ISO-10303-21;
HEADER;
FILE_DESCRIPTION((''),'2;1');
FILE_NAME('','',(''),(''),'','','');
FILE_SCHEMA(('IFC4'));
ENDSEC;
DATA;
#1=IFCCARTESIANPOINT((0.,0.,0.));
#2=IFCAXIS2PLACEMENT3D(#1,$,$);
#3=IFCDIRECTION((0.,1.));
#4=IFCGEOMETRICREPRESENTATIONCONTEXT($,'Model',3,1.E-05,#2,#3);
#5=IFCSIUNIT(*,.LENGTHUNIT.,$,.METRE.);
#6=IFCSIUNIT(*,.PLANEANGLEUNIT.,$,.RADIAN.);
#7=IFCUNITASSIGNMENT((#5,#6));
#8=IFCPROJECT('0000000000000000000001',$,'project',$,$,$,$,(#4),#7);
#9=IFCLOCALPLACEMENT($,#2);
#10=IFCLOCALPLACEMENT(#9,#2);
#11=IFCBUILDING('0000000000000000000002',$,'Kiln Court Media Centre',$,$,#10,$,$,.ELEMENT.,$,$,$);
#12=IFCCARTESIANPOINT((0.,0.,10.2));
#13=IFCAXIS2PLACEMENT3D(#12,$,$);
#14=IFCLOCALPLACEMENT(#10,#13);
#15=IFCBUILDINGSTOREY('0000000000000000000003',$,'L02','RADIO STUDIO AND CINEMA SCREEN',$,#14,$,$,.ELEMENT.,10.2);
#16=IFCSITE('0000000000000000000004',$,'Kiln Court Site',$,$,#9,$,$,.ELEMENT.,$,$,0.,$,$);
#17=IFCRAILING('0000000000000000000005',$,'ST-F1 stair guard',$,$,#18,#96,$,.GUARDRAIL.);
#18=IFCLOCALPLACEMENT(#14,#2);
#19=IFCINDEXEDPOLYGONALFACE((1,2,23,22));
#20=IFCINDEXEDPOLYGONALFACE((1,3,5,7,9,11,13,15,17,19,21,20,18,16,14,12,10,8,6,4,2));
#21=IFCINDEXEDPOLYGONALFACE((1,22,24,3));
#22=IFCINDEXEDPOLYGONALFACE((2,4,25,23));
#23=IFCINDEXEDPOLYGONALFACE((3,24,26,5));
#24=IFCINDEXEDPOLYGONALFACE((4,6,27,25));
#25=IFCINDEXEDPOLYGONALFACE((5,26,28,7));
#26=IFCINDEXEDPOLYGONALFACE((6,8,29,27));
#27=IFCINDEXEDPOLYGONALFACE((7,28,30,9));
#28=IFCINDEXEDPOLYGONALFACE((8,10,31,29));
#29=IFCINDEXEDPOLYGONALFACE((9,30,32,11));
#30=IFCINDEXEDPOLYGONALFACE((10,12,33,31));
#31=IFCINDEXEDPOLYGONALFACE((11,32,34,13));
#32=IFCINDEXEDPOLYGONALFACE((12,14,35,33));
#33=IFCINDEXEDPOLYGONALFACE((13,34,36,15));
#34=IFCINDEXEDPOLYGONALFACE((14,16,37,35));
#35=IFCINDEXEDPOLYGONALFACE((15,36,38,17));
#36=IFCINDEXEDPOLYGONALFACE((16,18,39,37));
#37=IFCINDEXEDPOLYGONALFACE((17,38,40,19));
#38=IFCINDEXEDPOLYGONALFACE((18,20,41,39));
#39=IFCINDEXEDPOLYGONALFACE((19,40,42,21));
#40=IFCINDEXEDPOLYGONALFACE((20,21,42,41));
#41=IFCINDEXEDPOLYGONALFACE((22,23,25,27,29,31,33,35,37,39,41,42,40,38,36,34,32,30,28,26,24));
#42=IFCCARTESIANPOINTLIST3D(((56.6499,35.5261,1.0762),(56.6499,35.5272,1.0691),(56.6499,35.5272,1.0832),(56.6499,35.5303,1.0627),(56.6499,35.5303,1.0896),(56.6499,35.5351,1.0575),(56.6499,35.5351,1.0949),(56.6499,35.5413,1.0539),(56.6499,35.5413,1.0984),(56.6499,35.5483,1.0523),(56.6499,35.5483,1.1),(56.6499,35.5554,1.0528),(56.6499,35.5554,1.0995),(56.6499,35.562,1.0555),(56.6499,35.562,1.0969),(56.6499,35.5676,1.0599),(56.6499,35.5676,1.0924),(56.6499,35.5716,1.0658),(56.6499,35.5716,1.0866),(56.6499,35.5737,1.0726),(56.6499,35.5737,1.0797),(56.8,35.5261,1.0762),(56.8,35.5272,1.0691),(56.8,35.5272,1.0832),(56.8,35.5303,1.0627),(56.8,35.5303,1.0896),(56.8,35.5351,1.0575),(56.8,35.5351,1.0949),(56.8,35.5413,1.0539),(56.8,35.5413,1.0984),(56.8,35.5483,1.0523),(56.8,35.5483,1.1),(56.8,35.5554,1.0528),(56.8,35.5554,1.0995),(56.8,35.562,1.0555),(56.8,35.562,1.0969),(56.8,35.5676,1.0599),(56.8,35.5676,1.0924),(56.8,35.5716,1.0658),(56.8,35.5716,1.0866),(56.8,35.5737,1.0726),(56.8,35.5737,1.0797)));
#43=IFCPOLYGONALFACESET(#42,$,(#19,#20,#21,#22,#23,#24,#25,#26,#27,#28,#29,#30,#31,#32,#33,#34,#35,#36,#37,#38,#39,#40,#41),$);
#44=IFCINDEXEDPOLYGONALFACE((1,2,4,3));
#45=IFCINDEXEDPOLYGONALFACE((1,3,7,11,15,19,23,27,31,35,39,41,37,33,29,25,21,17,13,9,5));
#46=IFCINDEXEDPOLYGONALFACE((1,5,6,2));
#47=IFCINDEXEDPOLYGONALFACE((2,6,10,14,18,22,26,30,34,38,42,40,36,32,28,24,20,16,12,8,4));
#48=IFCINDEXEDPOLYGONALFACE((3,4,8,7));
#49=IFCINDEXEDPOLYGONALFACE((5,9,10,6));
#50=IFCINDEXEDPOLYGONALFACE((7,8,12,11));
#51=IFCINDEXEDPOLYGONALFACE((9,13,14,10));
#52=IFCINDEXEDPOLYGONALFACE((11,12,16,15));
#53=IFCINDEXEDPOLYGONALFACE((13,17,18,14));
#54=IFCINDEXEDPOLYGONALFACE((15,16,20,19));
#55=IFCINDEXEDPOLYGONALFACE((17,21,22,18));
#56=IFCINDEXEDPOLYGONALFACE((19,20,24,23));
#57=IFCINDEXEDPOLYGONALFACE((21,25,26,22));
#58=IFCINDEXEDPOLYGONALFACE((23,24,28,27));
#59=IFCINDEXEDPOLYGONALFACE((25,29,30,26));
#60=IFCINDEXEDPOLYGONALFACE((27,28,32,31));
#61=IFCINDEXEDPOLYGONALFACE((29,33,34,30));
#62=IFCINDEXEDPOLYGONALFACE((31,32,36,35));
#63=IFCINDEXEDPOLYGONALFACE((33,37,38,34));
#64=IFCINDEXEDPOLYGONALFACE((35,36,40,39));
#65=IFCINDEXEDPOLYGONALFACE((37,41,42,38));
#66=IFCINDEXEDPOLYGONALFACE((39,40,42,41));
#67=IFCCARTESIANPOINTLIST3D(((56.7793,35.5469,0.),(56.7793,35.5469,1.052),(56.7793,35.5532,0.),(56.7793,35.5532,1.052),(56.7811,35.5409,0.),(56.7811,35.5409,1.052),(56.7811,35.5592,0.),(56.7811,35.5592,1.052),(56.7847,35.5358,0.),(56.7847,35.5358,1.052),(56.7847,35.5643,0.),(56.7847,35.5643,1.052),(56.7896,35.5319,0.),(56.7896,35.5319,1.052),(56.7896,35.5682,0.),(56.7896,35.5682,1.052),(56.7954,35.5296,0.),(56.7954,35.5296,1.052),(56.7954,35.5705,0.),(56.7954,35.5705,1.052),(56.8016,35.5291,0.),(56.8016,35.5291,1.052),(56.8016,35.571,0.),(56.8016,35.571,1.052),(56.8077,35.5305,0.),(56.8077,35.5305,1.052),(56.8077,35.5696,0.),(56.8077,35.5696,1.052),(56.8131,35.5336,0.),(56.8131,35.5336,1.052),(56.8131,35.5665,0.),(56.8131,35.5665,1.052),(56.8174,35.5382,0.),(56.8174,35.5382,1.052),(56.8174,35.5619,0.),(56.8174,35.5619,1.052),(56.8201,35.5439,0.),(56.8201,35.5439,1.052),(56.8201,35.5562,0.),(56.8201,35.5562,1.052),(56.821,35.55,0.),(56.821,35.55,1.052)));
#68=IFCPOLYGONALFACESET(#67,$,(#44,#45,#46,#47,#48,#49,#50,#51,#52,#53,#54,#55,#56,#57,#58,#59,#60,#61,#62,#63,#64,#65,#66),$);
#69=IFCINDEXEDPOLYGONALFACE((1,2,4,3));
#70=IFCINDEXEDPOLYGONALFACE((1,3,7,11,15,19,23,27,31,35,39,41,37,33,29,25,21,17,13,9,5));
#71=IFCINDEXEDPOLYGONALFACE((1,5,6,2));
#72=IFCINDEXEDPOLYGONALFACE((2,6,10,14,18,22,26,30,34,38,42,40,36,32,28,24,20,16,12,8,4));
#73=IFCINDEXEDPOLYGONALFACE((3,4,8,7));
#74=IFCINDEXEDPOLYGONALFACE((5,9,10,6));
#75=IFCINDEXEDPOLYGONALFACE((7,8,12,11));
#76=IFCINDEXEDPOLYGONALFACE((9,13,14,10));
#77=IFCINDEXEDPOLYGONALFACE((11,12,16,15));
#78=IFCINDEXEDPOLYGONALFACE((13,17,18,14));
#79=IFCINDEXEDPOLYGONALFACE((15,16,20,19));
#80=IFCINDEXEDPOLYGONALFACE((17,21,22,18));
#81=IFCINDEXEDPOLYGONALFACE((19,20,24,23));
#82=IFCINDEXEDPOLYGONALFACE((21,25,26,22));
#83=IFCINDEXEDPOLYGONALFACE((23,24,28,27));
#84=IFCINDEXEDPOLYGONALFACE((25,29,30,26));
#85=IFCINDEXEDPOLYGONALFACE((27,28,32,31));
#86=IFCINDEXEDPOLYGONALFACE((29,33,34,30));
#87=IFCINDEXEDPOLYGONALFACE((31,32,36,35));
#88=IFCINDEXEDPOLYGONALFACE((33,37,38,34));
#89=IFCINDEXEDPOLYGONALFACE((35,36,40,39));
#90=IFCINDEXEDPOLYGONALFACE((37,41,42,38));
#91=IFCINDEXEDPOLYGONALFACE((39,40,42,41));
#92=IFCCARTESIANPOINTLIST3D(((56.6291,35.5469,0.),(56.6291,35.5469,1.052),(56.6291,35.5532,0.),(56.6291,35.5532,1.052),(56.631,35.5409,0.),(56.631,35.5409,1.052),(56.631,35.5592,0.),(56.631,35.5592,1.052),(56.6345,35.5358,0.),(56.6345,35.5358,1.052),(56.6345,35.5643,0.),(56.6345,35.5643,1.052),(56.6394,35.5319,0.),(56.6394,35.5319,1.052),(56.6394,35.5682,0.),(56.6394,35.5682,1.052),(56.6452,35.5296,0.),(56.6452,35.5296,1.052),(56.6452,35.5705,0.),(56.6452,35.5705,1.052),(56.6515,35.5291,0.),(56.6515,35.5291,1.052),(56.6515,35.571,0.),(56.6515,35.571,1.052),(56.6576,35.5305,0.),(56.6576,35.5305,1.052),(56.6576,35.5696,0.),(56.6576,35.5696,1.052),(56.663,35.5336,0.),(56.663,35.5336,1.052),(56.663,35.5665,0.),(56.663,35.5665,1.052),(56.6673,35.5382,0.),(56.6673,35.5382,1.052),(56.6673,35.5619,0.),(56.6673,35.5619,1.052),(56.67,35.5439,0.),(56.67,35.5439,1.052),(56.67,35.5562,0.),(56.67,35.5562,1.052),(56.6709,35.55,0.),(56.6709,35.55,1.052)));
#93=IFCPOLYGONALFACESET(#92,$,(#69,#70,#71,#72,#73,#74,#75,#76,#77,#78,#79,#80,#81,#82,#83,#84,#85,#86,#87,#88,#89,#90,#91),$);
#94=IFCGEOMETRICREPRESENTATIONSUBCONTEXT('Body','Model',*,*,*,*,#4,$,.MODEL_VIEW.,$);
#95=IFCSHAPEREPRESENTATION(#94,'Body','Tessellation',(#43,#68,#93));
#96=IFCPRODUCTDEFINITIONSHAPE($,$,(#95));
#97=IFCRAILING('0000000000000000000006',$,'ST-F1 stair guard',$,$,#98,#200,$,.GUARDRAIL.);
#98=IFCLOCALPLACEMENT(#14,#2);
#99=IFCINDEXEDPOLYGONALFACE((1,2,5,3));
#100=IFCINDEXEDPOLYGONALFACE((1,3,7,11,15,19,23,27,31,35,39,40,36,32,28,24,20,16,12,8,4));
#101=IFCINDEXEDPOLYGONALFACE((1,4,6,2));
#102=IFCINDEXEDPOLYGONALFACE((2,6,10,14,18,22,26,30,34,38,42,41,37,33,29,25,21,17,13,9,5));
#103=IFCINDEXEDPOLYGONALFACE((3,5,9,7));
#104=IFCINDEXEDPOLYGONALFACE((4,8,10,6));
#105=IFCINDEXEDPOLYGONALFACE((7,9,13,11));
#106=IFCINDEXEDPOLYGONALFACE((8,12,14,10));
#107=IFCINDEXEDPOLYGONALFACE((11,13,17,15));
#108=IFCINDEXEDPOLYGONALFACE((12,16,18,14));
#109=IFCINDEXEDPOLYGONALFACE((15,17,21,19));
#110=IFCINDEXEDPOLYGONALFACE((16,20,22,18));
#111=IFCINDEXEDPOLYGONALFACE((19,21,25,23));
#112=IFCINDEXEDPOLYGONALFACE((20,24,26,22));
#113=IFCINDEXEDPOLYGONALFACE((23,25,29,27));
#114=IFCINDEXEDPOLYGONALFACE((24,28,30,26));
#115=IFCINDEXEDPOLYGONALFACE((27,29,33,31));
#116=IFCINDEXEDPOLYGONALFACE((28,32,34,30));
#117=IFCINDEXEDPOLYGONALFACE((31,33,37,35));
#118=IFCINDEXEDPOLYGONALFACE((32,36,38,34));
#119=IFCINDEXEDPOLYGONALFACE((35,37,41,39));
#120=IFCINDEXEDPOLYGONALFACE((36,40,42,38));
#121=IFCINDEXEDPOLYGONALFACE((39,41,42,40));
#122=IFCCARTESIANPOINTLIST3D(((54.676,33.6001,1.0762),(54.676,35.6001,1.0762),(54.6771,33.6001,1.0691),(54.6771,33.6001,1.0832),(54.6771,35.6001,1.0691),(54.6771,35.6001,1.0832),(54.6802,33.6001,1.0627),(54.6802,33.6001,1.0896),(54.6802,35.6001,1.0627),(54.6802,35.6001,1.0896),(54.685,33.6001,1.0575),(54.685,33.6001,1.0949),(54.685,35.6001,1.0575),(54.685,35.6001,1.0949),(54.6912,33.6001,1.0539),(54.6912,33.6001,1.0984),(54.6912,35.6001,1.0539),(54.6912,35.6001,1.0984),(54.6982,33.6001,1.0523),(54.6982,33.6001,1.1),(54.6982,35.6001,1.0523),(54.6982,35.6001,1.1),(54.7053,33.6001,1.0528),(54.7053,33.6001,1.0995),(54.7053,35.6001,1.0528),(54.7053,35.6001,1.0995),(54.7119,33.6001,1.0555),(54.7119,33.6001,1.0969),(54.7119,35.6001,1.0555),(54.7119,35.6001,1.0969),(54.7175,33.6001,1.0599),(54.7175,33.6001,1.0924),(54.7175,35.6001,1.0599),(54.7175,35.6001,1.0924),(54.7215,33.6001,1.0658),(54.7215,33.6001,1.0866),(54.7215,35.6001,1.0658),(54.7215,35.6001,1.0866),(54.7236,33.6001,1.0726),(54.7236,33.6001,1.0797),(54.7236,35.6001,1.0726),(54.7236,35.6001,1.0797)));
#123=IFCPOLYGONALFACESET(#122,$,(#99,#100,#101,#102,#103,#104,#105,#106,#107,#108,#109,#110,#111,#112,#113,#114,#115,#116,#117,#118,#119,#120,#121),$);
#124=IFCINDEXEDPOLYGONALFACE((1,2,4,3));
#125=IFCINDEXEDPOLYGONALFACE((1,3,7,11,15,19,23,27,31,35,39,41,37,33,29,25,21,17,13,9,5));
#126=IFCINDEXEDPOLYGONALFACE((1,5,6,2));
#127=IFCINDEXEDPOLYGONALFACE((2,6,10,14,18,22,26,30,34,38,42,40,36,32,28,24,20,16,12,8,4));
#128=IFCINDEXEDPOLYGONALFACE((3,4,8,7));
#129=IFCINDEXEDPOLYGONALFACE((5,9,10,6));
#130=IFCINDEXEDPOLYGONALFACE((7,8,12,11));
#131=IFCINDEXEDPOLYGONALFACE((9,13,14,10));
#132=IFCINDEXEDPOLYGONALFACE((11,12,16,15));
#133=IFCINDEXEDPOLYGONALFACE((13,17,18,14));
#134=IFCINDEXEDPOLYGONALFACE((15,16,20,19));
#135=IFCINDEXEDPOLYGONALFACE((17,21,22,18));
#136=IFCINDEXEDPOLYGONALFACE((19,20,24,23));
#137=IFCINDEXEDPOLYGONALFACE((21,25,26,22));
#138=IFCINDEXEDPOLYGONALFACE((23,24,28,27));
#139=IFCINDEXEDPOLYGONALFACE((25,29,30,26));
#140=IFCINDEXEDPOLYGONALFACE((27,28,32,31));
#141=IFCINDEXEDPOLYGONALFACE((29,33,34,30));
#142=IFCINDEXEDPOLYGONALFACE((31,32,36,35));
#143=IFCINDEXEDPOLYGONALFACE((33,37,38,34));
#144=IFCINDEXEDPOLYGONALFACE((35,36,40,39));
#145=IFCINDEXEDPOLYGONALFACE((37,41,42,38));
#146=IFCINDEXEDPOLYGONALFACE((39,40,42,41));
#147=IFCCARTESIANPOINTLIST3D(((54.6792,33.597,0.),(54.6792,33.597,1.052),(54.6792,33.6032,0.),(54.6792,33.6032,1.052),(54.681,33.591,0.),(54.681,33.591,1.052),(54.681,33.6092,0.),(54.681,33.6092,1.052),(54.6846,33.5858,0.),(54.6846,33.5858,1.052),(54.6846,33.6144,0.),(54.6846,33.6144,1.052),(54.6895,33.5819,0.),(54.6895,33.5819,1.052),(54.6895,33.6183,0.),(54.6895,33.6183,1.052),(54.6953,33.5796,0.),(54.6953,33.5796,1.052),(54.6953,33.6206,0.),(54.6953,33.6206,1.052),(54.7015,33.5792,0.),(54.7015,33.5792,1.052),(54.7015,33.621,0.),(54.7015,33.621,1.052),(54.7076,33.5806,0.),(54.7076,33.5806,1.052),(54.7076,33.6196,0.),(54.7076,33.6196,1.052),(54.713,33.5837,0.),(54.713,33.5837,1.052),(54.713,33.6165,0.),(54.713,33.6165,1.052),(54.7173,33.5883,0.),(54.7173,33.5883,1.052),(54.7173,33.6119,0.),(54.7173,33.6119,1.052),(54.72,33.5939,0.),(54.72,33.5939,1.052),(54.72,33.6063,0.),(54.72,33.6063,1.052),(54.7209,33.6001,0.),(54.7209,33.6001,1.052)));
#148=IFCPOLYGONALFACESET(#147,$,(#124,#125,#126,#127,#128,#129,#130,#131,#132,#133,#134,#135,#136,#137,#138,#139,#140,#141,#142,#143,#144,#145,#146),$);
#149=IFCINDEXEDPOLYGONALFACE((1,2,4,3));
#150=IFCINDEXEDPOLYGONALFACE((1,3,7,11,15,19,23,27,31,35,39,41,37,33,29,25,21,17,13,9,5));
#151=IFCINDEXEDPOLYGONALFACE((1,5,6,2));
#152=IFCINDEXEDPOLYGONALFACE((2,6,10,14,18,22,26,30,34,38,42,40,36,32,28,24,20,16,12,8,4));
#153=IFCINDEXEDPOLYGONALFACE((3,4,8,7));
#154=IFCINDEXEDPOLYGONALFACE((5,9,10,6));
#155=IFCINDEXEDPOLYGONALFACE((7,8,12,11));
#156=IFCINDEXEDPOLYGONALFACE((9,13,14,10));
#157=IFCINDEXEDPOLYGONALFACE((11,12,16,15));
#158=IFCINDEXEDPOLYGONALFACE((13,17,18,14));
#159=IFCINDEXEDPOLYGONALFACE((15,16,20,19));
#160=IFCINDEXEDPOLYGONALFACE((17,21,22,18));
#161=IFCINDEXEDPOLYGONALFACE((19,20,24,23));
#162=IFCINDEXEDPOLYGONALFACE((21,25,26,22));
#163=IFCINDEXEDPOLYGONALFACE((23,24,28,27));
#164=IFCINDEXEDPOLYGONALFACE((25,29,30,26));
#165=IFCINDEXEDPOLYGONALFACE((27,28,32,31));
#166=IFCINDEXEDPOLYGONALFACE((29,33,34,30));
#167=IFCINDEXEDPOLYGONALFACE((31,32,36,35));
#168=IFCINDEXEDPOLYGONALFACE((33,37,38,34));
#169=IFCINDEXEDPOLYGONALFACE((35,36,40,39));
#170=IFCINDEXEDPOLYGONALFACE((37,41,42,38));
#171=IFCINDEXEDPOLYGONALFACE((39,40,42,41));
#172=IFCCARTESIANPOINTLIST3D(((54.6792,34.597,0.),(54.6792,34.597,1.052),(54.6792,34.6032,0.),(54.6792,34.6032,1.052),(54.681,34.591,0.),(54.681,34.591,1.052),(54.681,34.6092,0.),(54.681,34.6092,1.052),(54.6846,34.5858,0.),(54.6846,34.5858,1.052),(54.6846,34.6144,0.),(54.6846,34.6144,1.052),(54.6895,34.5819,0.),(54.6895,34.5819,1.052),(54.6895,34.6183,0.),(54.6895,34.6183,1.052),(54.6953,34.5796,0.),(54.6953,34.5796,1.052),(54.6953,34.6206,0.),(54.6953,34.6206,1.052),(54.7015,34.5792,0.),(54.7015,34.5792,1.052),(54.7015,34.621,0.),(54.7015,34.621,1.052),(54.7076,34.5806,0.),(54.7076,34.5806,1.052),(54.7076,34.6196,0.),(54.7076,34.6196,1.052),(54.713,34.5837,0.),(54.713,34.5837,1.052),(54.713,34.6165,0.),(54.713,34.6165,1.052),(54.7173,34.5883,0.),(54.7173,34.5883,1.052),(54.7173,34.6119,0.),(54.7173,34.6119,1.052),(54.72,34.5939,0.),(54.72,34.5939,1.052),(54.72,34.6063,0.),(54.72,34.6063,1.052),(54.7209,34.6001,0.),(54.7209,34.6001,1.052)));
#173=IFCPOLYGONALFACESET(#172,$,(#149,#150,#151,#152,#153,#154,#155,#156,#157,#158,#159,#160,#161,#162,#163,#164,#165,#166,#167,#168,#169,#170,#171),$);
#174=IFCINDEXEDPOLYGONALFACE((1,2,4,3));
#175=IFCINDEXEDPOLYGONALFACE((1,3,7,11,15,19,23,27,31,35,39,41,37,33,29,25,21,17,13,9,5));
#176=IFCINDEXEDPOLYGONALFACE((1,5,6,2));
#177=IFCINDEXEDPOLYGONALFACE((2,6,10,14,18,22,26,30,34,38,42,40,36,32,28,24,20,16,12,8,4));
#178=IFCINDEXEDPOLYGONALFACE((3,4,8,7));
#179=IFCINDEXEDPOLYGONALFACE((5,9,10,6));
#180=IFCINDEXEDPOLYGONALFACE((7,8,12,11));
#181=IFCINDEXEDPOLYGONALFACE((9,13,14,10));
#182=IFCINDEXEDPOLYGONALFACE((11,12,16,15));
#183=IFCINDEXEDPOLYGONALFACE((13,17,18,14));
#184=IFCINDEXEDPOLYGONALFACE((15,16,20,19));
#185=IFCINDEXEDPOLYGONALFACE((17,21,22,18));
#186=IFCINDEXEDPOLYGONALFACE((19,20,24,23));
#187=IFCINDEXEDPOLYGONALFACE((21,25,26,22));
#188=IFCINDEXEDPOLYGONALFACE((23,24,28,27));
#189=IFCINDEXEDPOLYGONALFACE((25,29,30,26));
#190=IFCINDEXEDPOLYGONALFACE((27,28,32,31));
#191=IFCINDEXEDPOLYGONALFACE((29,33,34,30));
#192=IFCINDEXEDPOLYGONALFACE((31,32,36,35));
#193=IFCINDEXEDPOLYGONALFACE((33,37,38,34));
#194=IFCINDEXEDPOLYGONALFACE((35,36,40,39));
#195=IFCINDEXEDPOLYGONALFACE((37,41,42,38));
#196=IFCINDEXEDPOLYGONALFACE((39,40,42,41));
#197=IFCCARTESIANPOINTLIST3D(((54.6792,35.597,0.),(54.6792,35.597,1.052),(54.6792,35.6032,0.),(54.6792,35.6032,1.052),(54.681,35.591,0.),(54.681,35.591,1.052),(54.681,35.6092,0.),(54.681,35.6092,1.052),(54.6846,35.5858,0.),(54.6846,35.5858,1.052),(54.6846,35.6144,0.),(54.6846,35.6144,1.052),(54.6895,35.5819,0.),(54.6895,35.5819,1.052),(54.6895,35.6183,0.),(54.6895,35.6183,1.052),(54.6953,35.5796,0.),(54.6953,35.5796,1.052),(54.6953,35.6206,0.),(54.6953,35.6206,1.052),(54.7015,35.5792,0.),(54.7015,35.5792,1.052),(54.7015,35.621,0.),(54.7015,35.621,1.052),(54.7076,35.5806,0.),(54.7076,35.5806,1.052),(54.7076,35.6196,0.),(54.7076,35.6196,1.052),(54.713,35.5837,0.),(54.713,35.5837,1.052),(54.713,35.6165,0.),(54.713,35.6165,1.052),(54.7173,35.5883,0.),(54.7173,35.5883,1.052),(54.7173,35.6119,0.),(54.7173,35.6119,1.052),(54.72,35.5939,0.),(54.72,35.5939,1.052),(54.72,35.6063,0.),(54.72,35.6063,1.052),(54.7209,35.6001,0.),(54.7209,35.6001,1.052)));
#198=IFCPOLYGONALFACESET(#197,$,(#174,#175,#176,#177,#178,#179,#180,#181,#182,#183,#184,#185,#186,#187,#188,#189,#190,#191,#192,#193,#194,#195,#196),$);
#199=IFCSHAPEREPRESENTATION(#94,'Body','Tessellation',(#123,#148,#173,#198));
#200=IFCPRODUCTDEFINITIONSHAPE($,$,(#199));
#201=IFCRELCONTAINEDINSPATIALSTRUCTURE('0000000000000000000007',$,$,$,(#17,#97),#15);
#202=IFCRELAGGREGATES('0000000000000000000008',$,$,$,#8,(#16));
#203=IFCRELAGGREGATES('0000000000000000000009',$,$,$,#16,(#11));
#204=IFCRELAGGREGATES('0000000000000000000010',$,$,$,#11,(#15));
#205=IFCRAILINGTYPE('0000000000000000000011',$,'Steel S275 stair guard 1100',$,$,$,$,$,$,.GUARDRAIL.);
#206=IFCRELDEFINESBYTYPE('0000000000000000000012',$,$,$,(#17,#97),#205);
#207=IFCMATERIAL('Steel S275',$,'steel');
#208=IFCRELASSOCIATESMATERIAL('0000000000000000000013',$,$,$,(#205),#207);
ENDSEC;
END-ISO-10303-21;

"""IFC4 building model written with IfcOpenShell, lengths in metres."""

from ifc_helpers import new_model, si_unit, direction, frame, origin, origin_2d, place, context, subcontext, project, spatial, circle, extrude, material, type_object, element, save


model = new_model("IFC4")

# Units and contexts
model_context = context("Model", 3, precision=1e-05, world=origin(), true_north=direction((0.0, 1.0)))
body_context = subcontext(model_context, "Body", "Model", "MODEL_VIEW")
ifc_project = project(units=[si_unit("LENGTHUNIT", "METRE"), si_unit("PLANEANGLEUNIT", "RADIAN")], contexts=[model_context])

# Site, building, storey
site_placement = place(None, origin())
site = spatial("IfcSite", under=ifc_project, at=site_placement, Name="Kiln Court Site", CompositionType="ELEMENT", RefElevation=0.0)
building_placement = place(site_placement, origin())
building = spatial("IfcBuilding", under=site, at=building_placement, Name="Kiln Court Media Centre", CompositionType="ELEMENT")
storey_placement = place(building_placement, frame((0.0, 0.0, 10.2)))
storey = spatial("IfcBuildingStorey", under=building, at=storey_placement, Name="L02", Description="RADIO STUDIO AND CINEMA SCREEN", CompositionType="ELEMENT", Elevation=10.2)

# Railings
ifc_material_1 = material(Name="Steel S275", Category="steel")
railing_type_1 = type_object("IfcRailingType", Name="Steel S275 stair guard 1100", PredefinedType="GUARDRAIL", material=ifc_material_1)
railing_1_placement = place(storey_placement, frame((56.8, 35.55, 0.0)))
element("IfcRailing", 1, at=railing_1_placement, inside=storey, type_object=railing_type_1, Name="ST-F1 stair guard", PredefinedType="GUARDRAIL", context=body_context, shape_type="SweptSolid", body=[
    extrude(circle(Radius=0.0239, at=origin_2d()), frame((0.0, 0.0, 1.0762), z_axis=(-1.0, 0.0, 0.0), x_axis=(0.0, -1.0, 0.0)), (0.0, 0.0, 1.0), 0.1501),
    extrude(circle(Radius=0.021, at=origin_2d()), origin(), (0.0, 0.0, 1.0), 1.052),
    extrude(circle(Radius=0.021, at=origin_2d()), frame((-0.1501, 0.0, 0.0)), (0.0, 0.0, 1.0), 1.052),
])
railing_2_placement = place(storey_placement, frame((54.7, 33.6001, 0.0)))
element("IfcRailing", 2, at=railing_2_placement, inside=storey, type_object=railing_type_1, Name="ST-F1 stair guard", PredefinedType="GUARDRAIL", context=body_context, shape_type="SweptSolid", body=[
    extrude(circle(Radius=0.0239, at=origin_2d()), frame((0.0, 0.0, 1.0762), z_axis=(0.0, 1.0, 0.0), x_axis=(-1.0, 0.0, 0.0)), (0.0, 0.0, 1.0), 2.0),
    extrude(circle(Radius=0.021, at=origin_2d()), origin(), (0.0, 0.0, 1.0), 1.052),
    extrude(circle(Radius=0.021, at=origin_2d()), frame((0.0, 1.0, 0.0)), (0.0, 0.0, 1.0), 1.052),
    extrude(circle(Radius=0.021, at=origin_2d()), frame((0.0, 2.0, 0.0)), (0.0, 0.0, 1.0), 1.052),
])

save(model, "model.ifc")
